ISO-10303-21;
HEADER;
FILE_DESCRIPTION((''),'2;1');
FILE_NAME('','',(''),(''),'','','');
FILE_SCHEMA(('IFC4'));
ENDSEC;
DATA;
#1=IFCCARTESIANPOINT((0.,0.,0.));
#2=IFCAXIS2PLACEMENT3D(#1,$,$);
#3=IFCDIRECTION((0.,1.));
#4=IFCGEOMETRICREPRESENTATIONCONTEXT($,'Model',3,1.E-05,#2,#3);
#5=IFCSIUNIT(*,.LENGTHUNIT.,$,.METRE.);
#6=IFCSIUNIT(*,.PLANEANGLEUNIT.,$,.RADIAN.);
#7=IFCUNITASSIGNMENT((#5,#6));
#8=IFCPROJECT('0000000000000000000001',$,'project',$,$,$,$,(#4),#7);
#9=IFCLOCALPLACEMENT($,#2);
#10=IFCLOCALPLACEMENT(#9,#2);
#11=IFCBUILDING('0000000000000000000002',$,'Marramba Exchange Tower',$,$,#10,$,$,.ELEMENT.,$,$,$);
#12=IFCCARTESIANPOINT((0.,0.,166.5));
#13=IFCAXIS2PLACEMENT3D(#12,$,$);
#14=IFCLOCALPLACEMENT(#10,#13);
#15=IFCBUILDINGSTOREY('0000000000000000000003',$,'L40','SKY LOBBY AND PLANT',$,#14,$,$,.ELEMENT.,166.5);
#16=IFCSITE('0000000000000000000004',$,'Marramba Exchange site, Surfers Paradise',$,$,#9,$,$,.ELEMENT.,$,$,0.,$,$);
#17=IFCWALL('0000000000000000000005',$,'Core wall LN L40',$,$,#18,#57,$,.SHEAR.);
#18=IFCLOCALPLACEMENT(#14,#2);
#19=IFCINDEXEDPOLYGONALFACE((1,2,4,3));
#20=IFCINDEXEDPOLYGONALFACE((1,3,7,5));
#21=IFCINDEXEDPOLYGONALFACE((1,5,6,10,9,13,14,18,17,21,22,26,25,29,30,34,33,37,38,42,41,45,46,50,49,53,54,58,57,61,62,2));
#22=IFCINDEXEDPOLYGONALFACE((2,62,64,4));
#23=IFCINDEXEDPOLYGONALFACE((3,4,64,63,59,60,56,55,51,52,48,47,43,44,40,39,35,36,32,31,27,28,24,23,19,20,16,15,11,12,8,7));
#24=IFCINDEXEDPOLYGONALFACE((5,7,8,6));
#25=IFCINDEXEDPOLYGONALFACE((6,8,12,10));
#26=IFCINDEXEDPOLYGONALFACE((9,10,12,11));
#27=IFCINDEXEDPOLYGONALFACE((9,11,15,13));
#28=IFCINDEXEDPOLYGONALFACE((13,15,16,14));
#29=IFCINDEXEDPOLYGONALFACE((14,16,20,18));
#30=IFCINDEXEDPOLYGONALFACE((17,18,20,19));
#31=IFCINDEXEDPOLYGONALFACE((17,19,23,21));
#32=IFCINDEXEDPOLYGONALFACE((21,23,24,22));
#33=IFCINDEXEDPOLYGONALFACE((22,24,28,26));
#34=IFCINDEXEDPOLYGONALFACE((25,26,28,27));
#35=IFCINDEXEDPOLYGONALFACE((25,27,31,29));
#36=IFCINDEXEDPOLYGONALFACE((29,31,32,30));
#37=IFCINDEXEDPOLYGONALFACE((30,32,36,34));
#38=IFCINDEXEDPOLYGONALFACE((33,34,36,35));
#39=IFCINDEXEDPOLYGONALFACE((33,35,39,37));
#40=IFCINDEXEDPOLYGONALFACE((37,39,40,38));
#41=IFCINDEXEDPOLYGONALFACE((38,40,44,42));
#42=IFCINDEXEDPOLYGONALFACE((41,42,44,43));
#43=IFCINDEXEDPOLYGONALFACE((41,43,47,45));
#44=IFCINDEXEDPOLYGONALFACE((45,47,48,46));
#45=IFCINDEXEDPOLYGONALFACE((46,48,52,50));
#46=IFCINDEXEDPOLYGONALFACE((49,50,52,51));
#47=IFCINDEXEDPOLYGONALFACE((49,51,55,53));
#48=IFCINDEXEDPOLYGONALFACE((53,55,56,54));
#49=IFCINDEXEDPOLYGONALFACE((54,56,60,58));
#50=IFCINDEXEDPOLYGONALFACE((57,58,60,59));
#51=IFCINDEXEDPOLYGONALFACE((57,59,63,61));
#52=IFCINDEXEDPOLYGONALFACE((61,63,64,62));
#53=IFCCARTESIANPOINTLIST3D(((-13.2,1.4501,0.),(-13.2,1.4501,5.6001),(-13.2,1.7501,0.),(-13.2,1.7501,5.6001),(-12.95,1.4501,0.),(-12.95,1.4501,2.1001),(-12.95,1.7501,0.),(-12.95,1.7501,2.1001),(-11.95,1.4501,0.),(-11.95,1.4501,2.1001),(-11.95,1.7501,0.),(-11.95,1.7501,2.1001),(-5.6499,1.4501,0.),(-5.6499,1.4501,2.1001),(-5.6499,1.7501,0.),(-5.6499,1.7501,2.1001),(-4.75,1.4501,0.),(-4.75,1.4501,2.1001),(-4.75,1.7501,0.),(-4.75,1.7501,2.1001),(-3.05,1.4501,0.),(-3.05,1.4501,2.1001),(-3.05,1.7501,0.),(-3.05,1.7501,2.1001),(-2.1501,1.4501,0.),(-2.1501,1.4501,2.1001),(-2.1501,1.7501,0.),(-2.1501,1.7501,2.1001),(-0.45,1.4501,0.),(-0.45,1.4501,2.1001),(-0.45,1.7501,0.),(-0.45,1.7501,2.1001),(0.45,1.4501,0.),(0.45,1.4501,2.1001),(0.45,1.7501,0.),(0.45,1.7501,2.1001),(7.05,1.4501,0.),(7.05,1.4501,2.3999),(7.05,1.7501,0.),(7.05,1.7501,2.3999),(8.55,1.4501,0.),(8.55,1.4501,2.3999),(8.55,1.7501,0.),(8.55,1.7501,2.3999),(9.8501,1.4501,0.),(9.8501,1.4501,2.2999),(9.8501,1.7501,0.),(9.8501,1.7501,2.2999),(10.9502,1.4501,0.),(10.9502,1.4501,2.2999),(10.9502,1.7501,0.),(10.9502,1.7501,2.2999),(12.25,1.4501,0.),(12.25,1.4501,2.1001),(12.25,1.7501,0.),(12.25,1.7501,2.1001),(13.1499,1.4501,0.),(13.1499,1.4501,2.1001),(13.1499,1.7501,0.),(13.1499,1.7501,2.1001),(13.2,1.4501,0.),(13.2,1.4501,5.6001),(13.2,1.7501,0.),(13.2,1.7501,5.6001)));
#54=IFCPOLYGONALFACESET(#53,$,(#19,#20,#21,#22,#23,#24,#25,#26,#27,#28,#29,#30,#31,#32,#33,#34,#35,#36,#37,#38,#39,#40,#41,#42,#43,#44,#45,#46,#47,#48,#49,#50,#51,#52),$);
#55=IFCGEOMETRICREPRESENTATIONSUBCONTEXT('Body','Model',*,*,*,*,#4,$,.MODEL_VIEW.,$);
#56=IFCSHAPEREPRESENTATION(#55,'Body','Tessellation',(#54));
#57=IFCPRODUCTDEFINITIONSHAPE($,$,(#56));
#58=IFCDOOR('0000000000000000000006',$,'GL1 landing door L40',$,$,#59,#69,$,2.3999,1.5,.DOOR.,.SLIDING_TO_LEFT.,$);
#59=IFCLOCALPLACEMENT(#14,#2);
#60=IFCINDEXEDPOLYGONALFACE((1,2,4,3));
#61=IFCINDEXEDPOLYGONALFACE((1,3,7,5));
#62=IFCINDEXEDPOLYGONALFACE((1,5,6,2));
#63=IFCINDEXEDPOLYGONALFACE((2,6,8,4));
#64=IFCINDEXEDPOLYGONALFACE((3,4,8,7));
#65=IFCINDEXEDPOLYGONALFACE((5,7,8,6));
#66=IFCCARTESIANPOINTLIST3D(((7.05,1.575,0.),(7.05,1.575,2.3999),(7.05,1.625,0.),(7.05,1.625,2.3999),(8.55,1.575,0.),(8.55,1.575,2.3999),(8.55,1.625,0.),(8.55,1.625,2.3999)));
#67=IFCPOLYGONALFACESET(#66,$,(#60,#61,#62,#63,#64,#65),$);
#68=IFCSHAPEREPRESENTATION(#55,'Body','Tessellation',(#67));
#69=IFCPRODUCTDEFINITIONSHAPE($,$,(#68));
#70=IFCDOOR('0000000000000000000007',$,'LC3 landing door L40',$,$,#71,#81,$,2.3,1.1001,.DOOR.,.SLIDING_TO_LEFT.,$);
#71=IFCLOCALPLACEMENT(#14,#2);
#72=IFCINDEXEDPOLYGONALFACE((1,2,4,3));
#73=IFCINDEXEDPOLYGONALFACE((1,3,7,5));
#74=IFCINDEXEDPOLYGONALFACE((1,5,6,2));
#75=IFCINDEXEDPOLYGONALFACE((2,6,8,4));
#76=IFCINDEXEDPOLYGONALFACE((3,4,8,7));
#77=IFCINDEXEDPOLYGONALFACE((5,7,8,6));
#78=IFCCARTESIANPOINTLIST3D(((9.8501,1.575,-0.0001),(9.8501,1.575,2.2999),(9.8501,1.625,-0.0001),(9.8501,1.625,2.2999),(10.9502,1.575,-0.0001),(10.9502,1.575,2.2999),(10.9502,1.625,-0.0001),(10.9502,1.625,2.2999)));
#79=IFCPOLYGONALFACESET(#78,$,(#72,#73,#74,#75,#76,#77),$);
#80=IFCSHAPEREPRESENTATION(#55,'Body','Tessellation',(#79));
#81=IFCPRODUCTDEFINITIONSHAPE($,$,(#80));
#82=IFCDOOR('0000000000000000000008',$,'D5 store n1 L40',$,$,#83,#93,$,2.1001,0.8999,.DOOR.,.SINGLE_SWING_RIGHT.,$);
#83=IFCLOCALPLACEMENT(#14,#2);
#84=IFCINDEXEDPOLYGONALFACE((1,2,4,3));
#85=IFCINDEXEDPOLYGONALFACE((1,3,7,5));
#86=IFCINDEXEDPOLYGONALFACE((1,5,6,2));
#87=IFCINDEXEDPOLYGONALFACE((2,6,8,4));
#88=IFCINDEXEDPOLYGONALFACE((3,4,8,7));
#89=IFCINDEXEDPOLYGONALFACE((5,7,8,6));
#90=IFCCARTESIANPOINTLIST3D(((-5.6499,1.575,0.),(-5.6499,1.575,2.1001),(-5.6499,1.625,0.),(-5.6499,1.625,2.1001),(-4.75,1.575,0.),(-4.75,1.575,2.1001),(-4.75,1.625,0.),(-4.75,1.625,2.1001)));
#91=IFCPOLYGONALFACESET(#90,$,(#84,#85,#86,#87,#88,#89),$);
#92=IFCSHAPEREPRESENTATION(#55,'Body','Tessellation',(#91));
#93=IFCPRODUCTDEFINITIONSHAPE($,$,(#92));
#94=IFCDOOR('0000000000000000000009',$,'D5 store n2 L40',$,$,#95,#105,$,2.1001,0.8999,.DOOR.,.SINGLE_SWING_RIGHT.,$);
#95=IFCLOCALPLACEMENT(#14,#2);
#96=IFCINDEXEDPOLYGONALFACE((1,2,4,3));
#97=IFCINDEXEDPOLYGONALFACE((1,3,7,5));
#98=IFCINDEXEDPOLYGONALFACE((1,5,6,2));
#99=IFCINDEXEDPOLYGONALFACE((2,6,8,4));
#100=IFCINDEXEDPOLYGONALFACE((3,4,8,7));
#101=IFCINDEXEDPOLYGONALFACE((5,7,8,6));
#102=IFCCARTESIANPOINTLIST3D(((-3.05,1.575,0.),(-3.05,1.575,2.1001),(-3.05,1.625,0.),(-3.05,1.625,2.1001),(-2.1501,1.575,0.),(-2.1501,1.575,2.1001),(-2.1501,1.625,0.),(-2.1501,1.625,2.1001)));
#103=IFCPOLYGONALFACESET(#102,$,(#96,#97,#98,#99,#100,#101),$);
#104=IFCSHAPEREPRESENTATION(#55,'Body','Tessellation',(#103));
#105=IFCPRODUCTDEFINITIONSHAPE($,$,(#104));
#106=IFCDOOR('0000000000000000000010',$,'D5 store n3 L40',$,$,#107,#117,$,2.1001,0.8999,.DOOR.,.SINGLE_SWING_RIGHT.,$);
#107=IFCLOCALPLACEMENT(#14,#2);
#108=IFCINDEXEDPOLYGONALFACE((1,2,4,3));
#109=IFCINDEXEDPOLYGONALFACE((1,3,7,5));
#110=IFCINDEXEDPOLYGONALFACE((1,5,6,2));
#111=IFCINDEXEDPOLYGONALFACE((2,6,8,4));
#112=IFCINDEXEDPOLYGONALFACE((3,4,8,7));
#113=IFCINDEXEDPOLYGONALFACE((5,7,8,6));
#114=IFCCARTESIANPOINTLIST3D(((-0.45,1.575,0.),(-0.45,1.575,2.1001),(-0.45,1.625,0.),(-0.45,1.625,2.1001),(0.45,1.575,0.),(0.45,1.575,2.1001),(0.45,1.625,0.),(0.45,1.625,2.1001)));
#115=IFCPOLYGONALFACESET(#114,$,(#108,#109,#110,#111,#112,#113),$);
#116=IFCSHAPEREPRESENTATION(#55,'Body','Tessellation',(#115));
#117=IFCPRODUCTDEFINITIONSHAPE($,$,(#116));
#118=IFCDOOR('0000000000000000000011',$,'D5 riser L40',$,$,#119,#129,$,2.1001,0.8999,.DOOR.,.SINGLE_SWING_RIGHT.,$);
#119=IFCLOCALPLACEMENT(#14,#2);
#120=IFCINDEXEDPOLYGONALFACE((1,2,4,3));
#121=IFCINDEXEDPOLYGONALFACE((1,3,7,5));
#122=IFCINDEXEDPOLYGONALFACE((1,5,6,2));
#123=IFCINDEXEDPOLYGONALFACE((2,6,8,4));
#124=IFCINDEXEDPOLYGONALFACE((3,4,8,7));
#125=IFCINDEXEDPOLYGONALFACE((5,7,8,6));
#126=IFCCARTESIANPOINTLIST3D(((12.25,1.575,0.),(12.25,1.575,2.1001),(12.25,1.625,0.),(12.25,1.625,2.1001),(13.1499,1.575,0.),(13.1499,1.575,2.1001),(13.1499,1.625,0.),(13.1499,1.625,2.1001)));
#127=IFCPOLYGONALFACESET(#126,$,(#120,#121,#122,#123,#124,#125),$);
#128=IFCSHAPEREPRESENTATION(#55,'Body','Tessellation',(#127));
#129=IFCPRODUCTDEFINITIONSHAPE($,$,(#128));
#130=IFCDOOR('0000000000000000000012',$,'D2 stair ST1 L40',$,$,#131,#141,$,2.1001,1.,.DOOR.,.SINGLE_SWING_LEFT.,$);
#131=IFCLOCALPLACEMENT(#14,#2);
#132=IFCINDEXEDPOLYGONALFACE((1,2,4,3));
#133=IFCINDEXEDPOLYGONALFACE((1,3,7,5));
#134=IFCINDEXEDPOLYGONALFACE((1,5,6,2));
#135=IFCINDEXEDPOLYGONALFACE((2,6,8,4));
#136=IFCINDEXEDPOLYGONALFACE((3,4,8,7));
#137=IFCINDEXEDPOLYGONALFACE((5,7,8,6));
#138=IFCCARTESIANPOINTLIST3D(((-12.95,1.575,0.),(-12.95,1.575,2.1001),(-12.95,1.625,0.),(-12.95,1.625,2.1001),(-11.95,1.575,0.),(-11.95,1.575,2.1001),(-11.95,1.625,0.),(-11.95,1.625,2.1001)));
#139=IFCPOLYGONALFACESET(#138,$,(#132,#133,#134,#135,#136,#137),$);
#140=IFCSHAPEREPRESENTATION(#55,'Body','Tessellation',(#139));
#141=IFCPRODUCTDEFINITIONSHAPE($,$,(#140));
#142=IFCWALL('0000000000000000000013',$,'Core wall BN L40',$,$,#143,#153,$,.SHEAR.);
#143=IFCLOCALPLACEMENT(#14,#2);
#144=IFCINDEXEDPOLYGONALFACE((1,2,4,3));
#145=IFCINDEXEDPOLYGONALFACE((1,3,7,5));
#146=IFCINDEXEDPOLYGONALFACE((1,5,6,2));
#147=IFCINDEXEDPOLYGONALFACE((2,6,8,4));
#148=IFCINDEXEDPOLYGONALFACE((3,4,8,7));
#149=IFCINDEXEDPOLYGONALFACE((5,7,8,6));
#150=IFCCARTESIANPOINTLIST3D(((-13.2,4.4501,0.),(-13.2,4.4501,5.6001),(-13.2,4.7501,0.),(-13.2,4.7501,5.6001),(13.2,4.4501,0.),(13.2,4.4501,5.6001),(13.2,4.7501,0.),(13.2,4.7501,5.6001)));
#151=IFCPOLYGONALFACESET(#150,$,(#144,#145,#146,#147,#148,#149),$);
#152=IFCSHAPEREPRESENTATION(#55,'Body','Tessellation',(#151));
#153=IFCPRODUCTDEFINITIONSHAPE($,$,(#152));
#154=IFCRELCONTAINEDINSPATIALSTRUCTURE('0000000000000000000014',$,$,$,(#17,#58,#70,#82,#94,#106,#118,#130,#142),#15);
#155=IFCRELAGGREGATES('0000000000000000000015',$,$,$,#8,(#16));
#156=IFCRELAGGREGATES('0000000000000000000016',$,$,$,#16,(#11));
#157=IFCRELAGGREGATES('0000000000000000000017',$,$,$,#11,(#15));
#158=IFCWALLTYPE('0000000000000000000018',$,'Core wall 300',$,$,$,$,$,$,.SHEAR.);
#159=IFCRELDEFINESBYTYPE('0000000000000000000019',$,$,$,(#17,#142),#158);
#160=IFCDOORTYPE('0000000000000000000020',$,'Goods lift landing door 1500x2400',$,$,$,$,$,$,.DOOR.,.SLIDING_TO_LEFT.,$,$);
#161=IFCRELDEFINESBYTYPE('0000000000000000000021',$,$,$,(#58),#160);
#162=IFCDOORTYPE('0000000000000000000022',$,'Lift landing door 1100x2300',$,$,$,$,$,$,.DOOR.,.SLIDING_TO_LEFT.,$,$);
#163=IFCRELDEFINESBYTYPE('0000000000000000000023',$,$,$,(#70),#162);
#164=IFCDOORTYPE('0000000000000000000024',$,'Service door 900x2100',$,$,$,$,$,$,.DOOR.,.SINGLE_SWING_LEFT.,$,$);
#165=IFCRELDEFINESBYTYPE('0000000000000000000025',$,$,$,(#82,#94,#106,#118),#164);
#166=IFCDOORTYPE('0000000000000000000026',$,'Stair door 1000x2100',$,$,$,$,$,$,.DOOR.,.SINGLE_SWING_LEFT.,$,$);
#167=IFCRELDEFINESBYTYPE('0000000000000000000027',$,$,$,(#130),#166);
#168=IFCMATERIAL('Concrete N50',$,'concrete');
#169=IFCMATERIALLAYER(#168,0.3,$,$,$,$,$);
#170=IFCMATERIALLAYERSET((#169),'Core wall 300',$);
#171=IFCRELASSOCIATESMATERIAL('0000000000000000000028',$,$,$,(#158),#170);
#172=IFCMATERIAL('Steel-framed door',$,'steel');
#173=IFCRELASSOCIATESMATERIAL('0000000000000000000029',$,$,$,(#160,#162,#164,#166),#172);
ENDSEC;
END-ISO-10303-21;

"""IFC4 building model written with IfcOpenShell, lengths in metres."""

from ifc_helpers import new_model, si_unit, direction, frame, frame_2d, origin, place, context, subcontext, project, spatial, rectangle, extrude, material, layer, layer_set, type_object, element, fill, save


model = new_model("IFC4")

# Units and contexts
model_context = context("Model", 3, precision=1e-05, world=origin(), true_north=direction((0.0, 1.0)))
body_context = subcontext(model_context, "Body", "Model", "MODEL_VIEW")
ifc_project = project(units=[si_unit("LENGTHUNIT", "METRE"), si_unit("PLANEANGLEUNIT", "RADIAN")], contexts=[model_context])

# Site, building, storey
site_placement = place(None, origin())
site = spatial("IfcSite", under=ifc_project, at=site_placement, Name="Marramba Exchange site, Surfers Paradise", CompositionType="ELEMENT", RefElevation=0.0)
building_placement = place(site_placement, origin())
building = spatial("IfcBuilding", under=site, at=building_placement, Name="Marramba Exchange Tower", CompositionType="ELEMENT")
storey_placement = place(building_placement, frame((0.0, 0.0, 166.5)))
storey = spatial("IfcBuildingStorey", under=building, at=storey_placement, Name="L40", Description="SKY LOBBY AND PLANT", CompositionType="ELEMENT", Elevation=166.5)

# Shared definitions
ifc_material_1 = material(Name="Concrete N50", Category="concrete")

# Wall, openings, doors
ifc_layer_1 = layer(ifc_material_1, 0.3)
ifc_layer_set_1 = layer_set([ifc_layer_1], Name="Core wall 300")
wall_type_1 = type_object("IfcWallType", Name="Core wall 300", PredefinedType="SHEAR", material=ifc_layer_set_1)
wall_1_placement = place(storey_placement, frame((-13.2, 1.6001, 0.0), z_axis=(0.0, 0.0, 1.0), x_axis=(1.0, 0.0, 0.0)))
wall_1 = element("IfcWall", 1, at=wall_1_placement, inside=storey, type_object=wall_type_1, Name="Core wall LN L40", PredefinedType="SHEAR", context=body_context, shape_type="SweptSolid", body=[
    extrude(rectangle(XDim=26.3999, YDim=0.3, at=frame_2d((13.2, 0.0))), origin(), (0.0, 0.0, 1.0), 5.6001),
])
opening_1_placement = place(wall_1_placement, frame((0.25, 0.0, 0.0)))
opening_1 = element("IfcOpeningElement", 2, at=opening_1_placement, cuts=wall_1, PredefinedType="OPENING", context=body_context, shape_type="SweptSolid", body=[
    extrude(rectangle(XDim=1.0, YDim=2.1001, at=frame_2d((0.5, 1.05))), frame((0.0, 0.1599, 0.0), z_axis=(0.0, -1.0, 0.0), x_axis=(1.0, 0.0, 0.0)), (0.0, 0.0, 1.0), 0.3201),
])
opening_2_placement = place(wall_1_placement, frame((23.05, 0.0, 0.0)))
opening_2 = element("IfcOpeningElement", 3, at=opening_2_placement, cuts=wall_1, PredefinedType="OPENING", context=body_context, shape_type="SweptSolid", body=[
    extrude(rectangle(XDim=1.1001, YDim=2.3, at=frame_2d((0.55, 1.1499))), frame((0.0, 0.1599, 0.0), z_axis=(0.0, -1.0, 0.0), x_axis=(1.0, 0.0, 0.0)), (0.0, 0.0, 1.0), 0.3201),
])
opening_3_placement = place(wall_1_placement, frame((20.25, 0.0, 0.0)))
opening_3 = element("IfcOpeningElement", 4, at=opening_3_placement, cuts=wall_1, PredefinedType="OPENING", context=body_context, shape_type="SweptSolid", body=[
    extrude(rectangle(XDim=1.5, YDim=2.3999, at=frame_2d((0.75, 1.2))), frame((0.0, 0.1599, 0.0), z_axis=(0.0, -1.0, 0.0), x_axis=(1.0, 0.0, 0.0)), (0.0, 0.0, 1.0), 0.3201),
])
opening_4_placement = place(wall_1_placement, frame((7.55, 0.0, 0.0)))
opening_4 = element("IfcOpeningElement", 5, at=opening_4_placement, cuts=wall_1, PredefinedType="OPENING", context=body_context, shape_type="SweptSolid", body=[
    extrude(rectangle(XDim=0.8999, YDim=2.1001, at=frame_2d((0.45, 1.05))), frame((0.0, 0.1599, 0.0), z_axis=(0.0, -1.0, 0.0), x_axis=(1.0, 0.0, 0.0)), (0.0, 0.0, 1.0), 0.3201),
])
opening_5_placement = place(wall_1_placement, frame((10.1499, 0.0, 0.0)))
opening_5 = element("IfcOpeningElement", 6, at=opening_5_placement, cuts=wall_1, PredefinedType="OPENING", context=body_context, shape_type="SweptSolid", body=[
    extrude(rectangle(XDim=0.8999, YDim=2.1001, at=frame_2d((0.45, 1.05))), frame((0.0, 0.1599, 0.0), z_axis=(0.0, -1.0, 0.0), x_axis=(1.0, 0.0, 0.0)), (0.0, 0.0, 1.0), 0.3201),
])
opening_6_placement = place(wall_1_placement, frame((12.75, 0.0, 0.0)))
opening_6 = element("IfcOpeningElement", 7, at=opening_6_placement, cuts=wall_1, PredefinedType="OPENING", context=body_context, shape_type="SweptSolid", body=[
    extrude(rectangle(XDim=0.8999, YDim=2.1001, at=frame_2d((0.45, 1.05))), frame((0.0, 0.1599, 0.0), z_axis=(0.0, -1.0, 0.0), x_axis=(1.0, 0.0, 0.0)), (0.0, 0.0, 1.0), 0.3201),
])
opening_7_placement = place(wall_1_placement, frame((25.45, 0.0, 0.0)))
opening_7 = element("IfcOpeningElement", 8, at=opening_7_placement, cuts=wall_1, PredefinedType="OPENING", context=body_context, shape_type="SweptSolid", body=[
    extrude(rectangle(XDim=0.8999, YDim=2.1001, at=frame_2d((0.45, 1.05))), frame((0.0, 0.1599, 0.0), z_axis=(0.0, -1.0, 0.0), x_axis=(1.0, 0.0, 0.0)), (0.0, 0.0, 1.0), 0.3201),
])
ifc_material_2 = material(Name="Steel-framed door", Category="steel")
door_type_1 = type_object("IfcDoorType", Name="Goods lift landing door 1500x2400", OperationType="SLIDING_TO_LEFT", PredefinedType="DOOR", material=ifc_material_2)
door_1_placement = place(opening_3_placement, origin())
door_1 = element("IfcDoor", 9, at=door_1_placement, inside=storey, type_object=door_type_1, Name="GL1 landing door L40", OperationType="SLIDING_TO_LEFT", OverallHeight=2.3999, OverallWidth=1.5, PredefinedType="DOOR", context=body_context, shape_type="SweptSolid", body=[
    extrude(rectangle(XDim=1.5, YDim=2.3999, at=frame_2d((0.75, 1.2))), frame((0.0, 0.0249, 0.0), z_axis=(0.0, -1.0, 0.0), x_axis=(1.0, 0.0, 0.0)), (0.0, 0.0, 1.0), 0.05),
])
fill(opening_3, door_1)
door_type_2 = type_object("IfcDoorType", Name="Lift landing door 1100x2300", OperationType="SLIDING_TO_LEFT", PredefinedType="DOOR", material=ifc_material_2)
door_2_placement = place(opening_2_placement, origin())
door_2 = element("IfcDoor", 10, at=door_2_placement, inside=storey, type_object=door_type_2, Name="LC3 landing door L40", OperationType="SLIDING_TO_LEFT", OverallHeight=2.3, OverallWidth=1.1001, PredefinedType="DOOR", context=body_context, shape_type="SweptSolid", body=[
    extrude(rectangle(XDim=1.1001, YDim=2.3, at=frame_2d((0.55, 1.1499))), frame((0.0, 0.0249, 0.0), z_axis=(0.0, -1.0, 0.0), x_axis=(1.0, 0.0, 0.0)), (0.0, 0.0, 1.0), 0.05),
])
fill(opening_2, door_2)
door_type_3 = type_object("IfcDoorType", Name="Service door 900x2100", OperationType="SINGLE_SWING_LEFT", PredefinedType="DOOR", material=ifc_material_2)
door_3_placement = place(opening_4_placement, origin())
door_3 = element("IfcDoor", 11, at=door_3_placement, inside=storey, type_object=door_type_3, Name="D5 store n1 L40", OperationType="SINGLE_SWING_RIGHT", OverallHeight=2.1001, OverallWidth=0.8999, PredefinedType="DOOR", context=body_context, shape_type="SweptSolid", body=[
    extrude(rectangle(XDim=0.8999, YDim=2.1001, at=frame_2d((0.45, 1.05))), frame((0.0, 0.0249, 0.0), z_axis=(0.0, -1.0, 0.0), x_axis=(1.0, 0.0, 0.0)), (0.0, 0.0, 1.0), 0.05),
])
fill(opening_4, door_3)
door_4_placement = place(opening_5_placement, origin())
door_4 = element("IfcDoor", 12, at=door_4_placement, inside=storey, type_object=door_type_3, Name="D5 store n2 L40", OperationType="SINGLE_SWING_RIGHT", OverallHeight=2.1001, OverallWidth=0.8999, PredefinedType="DOOR", context=body_context, shape_type="SweptSolid", body=[
    extrude(rectangle(XDim=0.8999, YDim=2.1001, at=frame_2d((0.45, 1.05))), frame((0.0, 0.0249, 0.0), z_axis=(0.0, -1.0, 0.0), x_axis=(1.0, 0.0, 0.0)), (0.0, 0.0, 1.0), 0.05),
])
fill(opening_5, door_4)
door_5_placement = place(opening_6_placement, origin())
door_5 = element("IfcDoor", 13, at=door_5_placement, inside=storey, type_object=door_type_3, Name="D5 store n3 L40", OperationType="SINGLE_SWING_RIGHT", OverallHeight=2.1001, OverallWidth=0.8999, PredefinedType="DOOR", context=body_context, shape_type="SweptSolid", body=[
    extrude(rectangle(XDim=0.8999, YDim=2.1001, at=frame_2d((0.45, 1.05))), frame((0.0, 0.0249, 0.0), z_axis=(0.0, -1.0, 0.0), x_axis=(1.0, 0.0, 0.0)), (0.0, 0.0, 1.0), 0.05),
])
fill(opening_6, door_5)
door_6_placement = place(opening_7_placement, origin())
door_6 = element("IfcDoor", 14, at=door_6_placement, inside=storey, type_object=door_type_3, Name="D5 riser L40", OperationType="SINGLE_SWING_RIGHT", OverallHeight=2.1001, OverallWidth=0.8999, PredefinedType="DOOR", context=body_context, shape_type="SweptSolid", body=[
    extrude(rectangle(XDim=0.8999, YDim=2.1001, at=frame_2d((0.45, 1.05))), frame((0.0, 0.0249, 0.0), z_axis=(0.0, -1.0, 0.0), x_axis=(1.0, 0.0, 0.0)), (0.0, 0.0, 1.0), 0.05),
])
fill(opening_7, door_6)
door_type_4 = type_object("IfcDoorType", Name="Stair door 1000x2100", OperationType="SINGLE_SWING_LEFT", PredefinedType="DOOR", material=ifc_material_2)
door_7_placement = place(opening_1_placement, origin())
door_7 = element("IfcDoor", 15, at=door_7_placement, inside=storey, type_object=door_type_4, Name="D2 stair ST1 L40", OperationType="SINGLE_SWING_LEFT", OverallHeight=2.1001, OverallWidth=1.0, PredefinedType="DOOR", context=body_context, shape_type="SweptSolid", body=[
    extrude(rectangle(XDim=1.0, YDim=2.1001, at=frame_2d((0.5, 1.05))), frame((0.0, 0.0249, 0.0), z_axis=(0.0, -1.0, 0.0), x_axis=(1.0, 0.0, 0.0)), (0.0, 0.0, 1.0), 0.05),
])
fill(opening_1, door_7)

# Wall
wall_2_placement = place(storey_placement, frame((-13.2, 4.6001, 0.0), z_axis=(0.0, 0.0, 1.0), x_axis=(1.0, 0.0, 0.0)))
element("IfcWall", 16, at=wall_2_placement, inside=storey, type_object=wall_type_1, Name="Core wall BN L40", PredefinedType="SHEAR", context=body_context, shape_type="SweptSolid", body=[
    extrude(rectangle(XDim=26.3999, YDim=0.3, at=frame_2d((13.2, 0.0))), origin(), (0.0, 0.0, 1.0), 5.6001),
])

save(model, "model.ifc")
